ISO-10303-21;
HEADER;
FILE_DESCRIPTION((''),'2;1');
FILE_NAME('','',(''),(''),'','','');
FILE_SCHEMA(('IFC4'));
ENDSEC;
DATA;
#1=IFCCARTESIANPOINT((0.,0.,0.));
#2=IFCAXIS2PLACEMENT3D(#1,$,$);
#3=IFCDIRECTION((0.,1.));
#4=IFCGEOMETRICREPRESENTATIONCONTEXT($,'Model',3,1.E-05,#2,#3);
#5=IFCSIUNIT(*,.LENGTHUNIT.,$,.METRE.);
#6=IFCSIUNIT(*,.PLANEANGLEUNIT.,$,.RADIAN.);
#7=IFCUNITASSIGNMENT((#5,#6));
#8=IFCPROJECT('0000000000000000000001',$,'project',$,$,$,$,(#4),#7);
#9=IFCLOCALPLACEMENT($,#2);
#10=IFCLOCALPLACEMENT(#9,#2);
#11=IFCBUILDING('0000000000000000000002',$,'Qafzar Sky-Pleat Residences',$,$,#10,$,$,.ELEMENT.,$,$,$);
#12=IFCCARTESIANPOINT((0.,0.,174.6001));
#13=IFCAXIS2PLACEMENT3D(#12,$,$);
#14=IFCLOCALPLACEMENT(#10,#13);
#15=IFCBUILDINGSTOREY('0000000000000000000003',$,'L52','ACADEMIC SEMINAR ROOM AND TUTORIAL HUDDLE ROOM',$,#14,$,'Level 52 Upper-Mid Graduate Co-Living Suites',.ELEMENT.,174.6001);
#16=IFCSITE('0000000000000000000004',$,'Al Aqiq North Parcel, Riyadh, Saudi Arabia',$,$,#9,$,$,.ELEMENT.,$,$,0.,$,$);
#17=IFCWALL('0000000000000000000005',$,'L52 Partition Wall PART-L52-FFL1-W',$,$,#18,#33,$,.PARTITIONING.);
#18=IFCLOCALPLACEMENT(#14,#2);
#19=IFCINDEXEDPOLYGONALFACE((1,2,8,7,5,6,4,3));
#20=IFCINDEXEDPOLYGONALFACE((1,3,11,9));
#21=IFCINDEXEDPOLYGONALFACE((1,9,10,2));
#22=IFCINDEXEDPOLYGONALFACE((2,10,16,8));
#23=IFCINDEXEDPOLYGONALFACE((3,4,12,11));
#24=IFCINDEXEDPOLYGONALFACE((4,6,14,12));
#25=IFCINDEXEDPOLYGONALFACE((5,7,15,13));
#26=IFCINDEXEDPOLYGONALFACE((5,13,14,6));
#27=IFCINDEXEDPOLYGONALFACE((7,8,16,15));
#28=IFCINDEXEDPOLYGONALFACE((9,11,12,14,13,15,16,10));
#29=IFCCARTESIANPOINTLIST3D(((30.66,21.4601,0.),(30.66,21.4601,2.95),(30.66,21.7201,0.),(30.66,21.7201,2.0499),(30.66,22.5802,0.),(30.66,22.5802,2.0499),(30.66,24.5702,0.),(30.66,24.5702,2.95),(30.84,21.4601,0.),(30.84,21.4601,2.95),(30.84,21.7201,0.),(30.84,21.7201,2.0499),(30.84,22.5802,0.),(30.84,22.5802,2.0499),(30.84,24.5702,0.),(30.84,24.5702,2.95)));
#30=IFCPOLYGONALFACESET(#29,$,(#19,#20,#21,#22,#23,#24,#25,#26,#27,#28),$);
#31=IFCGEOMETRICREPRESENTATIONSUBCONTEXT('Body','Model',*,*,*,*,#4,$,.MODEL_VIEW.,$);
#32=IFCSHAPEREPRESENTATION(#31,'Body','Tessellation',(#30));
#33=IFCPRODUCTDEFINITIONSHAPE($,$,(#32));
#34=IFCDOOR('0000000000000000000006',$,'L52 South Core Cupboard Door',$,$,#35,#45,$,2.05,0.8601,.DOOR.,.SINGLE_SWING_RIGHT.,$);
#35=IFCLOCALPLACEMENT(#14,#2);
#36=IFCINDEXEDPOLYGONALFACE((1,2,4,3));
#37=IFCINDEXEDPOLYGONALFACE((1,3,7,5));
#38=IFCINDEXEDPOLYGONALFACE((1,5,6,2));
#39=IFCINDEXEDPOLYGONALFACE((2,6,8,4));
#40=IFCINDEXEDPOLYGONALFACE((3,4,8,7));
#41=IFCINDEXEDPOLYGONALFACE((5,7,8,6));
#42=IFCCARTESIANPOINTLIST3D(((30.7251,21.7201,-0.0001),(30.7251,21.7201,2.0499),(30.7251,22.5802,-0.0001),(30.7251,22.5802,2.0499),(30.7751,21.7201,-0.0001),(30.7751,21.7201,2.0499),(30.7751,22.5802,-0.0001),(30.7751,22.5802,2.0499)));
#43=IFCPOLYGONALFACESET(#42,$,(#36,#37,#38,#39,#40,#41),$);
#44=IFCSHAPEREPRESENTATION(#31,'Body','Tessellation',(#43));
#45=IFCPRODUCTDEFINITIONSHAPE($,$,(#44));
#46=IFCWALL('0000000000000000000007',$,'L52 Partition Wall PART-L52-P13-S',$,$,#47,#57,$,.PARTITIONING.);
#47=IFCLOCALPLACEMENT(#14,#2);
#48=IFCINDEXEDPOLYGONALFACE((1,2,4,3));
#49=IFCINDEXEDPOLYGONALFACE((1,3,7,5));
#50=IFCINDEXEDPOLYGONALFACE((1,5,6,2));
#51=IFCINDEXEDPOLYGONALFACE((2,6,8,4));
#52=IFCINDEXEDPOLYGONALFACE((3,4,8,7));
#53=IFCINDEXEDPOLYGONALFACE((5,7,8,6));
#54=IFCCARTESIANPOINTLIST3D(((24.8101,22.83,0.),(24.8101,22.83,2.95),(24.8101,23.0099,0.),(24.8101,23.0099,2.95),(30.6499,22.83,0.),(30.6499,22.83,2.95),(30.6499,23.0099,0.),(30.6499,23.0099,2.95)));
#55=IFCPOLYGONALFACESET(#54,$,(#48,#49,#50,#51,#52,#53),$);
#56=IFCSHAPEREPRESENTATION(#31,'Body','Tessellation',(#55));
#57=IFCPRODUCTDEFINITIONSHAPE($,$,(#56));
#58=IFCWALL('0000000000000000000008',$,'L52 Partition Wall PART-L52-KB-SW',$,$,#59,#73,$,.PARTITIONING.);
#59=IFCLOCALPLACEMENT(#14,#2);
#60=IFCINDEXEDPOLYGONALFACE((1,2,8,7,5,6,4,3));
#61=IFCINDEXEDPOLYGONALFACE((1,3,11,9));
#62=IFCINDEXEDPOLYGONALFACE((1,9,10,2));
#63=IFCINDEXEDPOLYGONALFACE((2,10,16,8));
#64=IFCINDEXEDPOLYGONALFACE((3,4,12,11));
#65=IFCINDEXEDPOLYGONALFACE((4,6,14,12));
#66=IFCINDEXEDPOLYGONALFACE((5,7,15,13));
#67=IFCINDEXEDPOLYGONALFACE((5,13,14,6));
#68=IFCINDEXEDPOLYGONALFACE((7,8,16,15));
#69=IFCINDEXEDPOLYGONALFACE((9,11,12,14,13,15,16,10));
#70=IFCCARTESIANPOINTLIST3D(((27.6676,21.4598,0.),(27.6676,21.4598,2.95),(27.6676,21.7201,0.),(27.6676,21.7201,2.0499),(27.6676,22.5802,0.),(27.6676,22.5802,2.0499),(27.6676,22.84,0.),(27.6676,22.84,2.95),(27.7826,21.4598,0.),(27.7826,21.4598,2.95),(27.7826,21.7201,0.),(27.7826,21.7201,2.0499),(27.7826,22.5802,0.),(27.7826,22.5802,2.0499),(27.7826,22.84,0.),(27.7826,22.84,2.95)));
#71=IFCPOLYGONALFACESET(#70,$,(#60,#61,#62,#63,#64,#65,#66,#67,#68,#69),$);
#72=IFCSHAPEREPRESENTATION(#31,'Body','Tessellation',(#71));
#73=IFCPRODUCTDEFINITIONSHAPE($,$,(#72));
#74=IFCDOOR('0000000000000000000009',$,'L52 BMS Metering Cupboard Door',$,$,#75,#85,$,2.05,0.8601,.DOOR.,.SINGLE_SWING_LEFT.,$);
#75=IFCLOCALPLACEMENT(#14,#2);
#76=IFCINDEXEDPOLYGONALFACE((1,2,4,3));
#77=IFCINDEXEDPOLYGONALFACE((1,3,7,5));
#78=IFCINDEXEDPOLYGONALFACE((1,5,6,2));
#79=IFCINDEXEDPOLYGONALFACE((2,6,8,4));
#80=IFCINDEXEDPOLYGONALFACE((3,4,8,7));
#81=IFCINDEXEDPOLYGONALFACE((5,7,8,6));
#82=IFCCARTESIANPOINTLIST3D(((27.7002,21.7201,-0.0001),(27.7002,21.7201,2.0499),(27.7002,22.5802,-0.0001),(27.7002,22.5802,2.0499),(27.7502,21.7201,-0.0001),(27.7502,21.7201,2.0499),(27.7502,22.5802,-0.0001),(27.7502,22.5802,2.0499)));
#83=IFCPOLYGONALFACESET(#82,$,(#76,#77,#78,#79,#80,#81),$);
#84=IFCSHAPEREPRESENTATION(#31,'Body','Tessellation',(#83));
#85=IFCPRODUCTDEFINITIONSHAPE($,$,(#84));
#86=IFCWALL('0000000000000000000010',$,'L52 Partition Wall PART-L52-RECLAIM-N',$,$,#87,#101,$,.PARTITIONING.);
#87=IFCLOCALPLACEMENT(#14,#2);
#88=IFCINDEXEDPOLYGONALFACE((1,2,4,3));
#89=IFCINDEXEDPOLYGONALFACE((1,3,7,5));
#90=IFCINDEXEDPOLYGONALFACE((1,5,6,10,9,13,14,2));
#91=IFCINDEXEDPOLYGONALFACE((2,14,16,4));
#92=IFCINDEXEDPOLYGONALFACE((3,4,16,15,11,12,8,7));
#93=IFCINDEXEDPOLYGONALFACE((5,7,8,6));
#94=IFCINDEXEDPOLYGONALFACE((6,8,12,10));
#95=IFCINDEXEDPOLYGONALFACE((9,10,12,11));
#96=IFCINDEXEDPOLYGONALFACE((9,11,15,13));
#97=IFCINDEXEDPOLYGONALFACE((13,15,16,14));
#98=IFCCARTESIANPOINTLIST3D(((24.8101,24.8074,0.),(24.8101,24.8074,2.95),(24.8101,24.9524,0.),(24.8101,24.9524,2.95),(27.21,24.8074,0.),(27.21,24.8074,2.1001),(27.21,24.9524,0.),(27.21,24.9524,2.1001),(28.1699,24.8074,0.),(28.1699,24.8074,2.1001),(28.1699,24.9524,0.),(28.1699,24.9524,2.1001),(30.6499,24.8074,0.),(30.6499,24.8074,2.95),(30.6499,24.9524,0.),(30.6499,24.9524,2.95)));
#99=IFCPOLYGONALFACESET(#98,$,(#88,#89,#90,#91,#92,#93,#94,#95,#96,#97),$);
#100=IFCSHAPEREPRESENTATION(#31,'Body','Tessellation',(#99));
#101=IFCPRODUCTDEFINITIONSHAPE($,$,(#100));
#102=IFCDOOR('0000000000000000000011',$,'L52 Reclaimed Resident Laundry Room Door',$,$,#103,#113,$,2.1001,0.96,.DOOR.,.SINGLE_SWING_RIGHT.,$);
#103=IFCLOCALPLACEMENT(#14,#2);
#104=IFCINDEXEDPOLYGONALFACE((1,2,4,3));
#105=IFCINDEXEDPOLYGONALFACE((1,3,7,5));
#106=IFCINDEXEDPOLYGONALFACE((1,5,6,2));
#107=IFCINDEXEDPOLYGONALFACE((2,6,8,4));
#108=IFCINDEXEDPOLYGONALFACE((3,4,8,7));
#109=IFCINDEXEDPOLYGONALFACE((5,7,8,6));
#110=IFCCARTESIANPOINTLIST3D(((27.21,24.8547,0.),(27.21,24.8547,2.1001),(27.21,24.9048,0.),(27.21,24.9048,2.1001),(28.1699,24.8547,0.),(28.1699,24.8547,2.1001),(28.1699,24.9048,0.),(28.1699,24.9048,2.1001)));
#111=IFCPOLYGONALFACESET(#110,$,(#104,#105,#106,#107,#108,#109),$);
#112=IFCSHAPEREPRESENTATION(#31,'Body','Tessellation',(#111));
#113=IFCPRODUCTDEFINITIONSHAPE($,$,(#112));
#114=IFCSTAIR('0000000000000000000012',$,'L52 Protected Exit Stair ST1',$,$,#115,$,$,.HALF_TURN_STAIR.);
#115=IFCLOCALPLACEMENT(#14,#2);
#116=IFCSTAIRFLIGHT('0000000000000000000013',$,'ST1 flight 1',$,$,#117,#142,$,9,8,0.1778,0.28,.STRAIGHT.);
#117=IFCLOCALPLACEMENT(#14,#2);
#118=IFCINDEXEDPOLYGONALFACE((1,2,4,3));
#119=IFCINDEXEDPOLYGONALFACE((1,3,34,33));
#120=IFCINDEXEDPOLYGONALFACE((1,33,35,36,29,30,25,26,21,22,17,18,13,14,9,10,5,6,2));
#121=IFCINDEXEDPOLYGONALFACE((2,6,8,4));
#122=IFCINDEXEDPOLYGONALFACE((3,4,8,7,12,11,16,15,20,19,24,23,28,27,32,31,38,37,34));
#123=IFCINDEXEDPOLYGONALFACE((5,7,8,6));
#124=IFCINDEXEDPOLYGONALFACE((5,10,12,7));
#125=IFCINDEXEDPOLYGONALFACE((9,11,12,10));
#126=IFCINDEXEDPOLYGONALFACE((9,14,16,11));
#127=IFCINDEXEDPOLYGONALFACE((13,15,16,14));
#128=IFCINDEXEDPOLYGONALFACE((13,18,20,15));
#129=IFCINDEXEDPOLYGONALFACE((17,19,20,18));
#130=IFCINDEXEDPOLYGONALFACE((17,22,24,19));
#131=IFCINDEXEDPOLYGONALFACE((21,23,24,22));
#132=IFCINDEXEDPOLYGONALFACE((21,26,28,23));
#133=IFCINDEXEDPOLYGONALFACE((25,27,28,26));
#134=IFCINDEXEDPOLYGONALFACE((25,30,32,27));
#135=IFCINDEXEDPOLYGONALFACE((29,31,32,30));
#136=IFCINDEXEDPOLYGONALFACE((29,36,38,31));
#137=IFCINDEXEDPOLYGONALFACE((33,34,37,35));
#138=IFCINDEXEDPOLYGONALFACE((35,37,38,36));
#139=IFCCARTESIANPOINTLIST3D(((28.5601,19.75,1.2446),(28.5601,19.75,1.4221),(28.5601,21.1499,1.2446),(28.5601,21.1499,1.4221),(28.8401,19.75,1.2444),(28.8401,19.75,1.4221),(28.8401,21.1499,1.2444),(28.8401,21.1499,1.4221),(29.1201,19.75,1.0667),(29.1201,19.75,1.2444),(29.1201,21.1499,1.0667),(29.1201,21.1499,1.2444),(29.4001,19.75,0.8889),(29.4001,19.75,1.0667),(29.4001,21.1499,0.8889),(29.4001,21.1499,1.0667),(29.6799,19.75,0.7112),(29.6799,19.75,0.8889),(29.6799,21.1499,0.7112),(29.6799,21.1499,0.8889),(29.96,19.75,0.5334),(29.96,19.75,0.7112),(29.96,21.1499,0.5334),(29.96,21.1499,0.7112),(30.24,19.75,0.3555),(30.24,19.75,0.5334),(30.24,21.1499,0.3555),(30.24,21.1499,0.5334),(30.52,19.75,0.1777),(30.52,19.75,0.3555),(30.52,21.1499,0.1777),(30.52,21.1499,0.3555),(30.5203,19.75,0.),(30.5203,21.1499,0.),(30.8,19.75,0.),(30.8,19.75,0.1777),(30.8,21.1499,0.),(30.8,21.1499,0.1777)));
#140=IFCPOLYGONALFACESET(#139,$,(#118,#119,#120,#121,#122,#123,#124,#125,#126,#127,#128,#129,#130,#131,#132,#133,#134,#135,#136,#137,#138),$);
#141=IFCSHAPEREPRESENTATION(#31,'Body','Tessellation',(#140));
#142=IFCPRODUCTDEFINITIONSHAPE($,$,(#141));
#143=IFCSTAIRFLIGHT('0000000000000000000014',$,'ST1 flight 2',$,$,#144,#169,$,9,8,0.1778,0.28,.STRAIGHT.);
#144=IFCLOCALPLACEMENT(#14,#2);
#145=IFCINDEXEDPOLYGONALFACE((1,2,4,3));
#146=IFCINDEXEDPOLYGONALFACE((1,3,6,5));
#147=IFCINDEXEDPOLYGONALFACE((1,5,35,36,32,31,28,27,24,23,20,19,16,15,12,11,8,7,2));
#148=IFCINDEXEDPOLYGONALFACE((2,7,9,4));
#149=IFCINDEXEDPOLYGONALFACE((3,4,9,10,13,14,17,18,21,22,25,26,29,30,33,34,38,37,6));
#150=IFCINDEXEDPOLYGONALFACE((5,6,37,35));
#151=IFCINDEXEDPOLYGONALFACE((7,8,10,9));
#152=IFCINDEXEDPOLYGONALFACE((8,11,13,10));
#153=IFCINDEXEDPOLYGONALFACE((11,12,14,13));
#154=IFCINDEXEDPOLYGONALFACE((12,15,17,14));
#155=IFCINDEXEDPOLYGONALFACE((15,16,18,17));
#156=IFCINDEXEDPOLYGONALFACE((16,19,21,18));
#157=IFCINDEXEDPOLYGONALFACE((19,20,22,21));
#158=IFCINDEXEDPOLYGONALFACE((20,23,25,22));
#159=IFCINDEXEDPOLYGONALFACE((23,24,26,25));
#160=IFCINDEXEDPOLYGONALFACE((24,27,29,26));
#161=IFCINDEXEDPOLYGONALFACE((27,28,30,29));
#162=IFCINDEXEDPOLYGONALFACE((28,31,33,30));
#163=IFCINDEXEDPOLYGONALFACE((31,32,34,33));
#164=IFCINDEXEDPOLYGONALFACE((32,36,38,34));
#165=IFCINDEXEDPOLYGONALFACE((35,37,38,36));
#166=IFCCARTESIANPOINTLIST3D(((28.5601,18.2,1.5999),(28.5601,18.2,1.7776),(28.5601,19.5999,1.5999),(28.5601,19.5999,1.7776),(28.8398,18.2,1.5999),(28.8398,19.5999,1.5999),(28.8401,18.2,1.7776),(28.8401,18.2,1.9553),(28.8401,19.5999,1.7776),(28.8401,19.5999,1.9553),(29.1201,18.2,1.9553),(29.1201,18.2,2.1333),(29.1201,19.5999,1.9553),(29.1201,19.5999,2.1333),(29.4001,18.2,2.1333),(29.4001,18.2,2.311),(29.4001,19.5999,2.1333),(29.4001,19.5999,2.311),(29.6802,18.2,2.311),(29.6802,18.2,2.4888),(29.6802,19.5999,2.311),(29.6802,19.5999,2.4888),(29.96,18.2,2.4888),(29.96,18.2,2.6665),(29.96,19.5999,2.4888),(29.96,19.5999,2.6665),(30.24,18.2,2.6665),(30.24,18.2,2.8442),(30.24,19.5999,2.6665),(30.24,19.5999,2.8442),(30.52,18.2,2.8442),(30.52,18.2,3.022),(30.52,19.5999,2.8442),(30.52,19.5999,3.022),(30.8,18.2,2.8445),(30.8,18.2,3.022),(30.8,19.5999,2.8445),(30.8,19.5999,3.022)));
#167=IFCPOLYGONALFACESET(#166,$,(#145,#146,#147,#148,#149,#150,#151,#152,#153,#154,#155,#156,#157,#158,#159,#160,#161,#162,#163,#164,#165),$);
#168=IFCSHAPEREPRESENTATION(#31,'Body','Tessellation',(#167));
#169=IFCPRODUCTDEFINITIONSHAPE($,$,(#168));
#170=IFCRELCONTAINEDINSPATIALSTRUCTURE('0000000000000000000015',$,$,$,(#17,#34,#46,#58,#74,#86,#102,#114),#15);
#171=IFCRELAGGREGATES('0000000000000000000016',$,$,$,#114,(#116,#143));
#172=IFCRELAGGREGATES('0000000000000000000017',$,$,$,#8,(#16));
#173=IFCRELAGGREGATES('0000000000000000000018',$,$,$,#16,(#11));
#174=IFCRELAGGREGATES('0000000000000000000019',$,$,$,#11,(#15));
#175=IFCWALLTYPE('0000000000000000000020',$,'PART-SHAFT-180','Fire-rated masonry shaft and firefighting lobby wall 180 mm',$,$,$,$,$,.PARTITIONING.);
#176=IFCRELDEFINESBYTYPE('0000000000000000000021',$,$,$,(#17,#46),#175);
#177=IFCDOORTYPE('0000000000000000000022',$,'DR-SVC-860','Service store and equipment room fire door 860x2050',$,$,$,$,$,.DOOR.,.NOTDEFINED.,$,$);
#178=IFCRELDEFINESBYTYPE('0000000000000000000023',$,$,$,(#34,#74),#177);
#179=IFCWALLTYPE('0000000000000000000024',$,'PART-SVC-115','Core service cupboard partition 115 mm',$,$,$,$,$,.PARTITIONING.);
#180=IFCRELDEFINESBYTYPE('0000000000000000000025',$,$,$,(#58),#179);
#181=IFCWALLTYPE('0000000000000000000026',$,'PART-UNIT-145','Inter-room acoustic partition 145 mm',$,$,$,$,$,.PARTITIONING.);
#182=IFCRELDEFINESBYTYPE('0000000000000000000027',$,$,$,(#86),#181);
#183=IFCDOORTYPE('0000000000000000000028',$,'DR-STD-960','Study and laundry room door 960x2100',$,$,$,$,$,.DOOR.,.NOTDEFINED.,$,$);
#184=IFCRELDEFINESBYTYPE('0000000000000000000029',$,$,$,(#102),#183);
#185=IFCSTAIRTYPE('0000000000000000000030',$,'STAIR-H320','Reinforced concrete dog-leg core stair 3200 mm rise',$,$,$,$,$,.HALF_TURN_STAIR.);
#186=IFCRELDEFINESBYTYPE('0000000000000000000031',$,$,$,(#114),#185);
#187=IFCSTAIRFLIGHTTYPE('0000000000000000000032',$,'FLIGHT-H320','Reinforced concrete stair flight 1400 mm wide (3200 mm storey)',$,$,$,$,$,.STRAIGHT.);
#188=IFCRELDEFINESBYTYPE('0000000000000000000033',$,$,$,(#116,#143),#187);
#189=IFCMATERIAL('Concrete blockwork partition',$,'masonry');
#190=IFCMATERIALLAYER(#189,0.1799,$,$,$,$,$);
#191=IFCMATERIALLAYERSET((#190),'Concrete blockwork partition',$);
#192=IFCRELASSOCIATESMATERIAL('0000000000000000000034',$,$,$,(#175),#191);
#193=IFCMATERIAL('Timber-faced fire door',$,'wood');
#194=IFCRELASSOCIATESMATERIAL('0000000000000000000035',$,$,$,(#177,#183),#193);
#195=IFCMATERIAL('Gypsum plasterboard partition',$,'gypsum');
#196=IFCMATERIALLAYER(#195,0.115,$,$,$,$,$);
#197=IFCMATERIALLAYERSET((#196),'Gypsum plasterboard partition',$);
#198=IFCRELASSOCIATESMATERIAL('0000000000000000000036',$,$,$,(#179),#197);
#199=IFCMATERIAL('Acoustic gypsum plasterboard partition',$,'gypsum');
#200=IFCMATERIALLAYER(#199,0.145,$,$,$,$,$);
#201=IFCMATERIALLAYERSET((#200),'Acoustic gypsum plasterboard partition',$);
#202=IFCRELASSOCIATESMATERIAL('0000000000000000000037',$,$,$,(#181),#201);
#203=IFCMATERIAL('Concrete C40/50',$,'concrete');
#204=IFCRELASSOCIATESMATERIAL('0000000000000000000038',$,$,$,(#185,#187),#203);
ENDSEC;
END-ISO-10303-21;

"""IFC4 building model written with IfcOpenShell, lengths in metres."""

from ifc_helpers import new_model, si_unit, direction, frame, frame_2d, origin, place, context, subcontext, project, spatial, polyline, rectangle, outline, extrude, source, transform, mapped, material, layer, layer_set, type_object, element, fill, aggregate, save


model = new_model("IFC4")

# Units and contexts
model_context = context("Model", 3, precision=1e-05, world=origin(), true_north=direction((0.0, 1.0)))
body_context = subcontext(model_context, "Body", "Model", "MODEL_VIEW")
ifc_project = project(units=[si_unit("LENGTHUNIT", "METRE"), si_unit("PLANEANGLEUNIT", "RADIAN")], contexts=[model_context])

# Site, building, storey
site_placement = place(None, origin())
site = spatial("IfcSite", under=ifc_project, at=site_placement, Name="Al Aqiq North Parcel, Riyadh, Saudi Arabia", CompositionType="ELEMENT", RefElevation=0.0)
building_placement = place(site_placement, origin())
building = spatial("IfcBuilding", under=site, at=building_placement, Name="Qafzar Sky-Pleat Residences", CompositionType="ELEMENT")
storey_placement = place(building_placement, frame((0.0, 0.0, 174.6001)))
storey = spatial("IfcBuildingStorey", under=building, at=storey_placement, Name="L52", Description="ACADEMIC SEMINAR ROOM AND TUTORIAL HUDDLE ROOM", LongName="Level 52 Upper-Mid Graduate Co-Living Suites", CompositionType="ELEMENT", Elevation=174.6001)

# Wall, opening, door
ifc_material_1 = material(Name="Concrete blockwork partition", Category="masonry")
ifc_layer_1 = layer(ifc_material_1, 0.1799)
ifc_layer_set_1 = layer_set([ifc_layer_1], Name="Concrete blockwork partition")
wall_type_1 = type_object("IfcWallType", Name="PART-SHAFT-180", Description="Fire-rated masonry shaft and firefighting lobby wall 180 mm", PredefinedType="PARTITIONING", material=ifc_layer_set_1)
wall_1_placement = place(storey_placement, frame((30.75, 21.46, 0.0), z_axis=(0.0, 0.0, 1.0), x_axis=(0.0, 1.0, 0.0)))
wall_1 = element("IfcWall", 1, at=wall_1_placement, inside=storey, type_object=wall_type_1, Name="L52 Partition Wall PART-L52-FFL1-W", PredefinedType="PARTITIONING", context=body_context, shape_type="SweptSolid", body=[
    extrude(rectangle(XDim=3.1101, YDim=0.1799, at=frame_2d((1.5552, 0.0))), origin(), (0.0, 0.0, 1.0), 2.95),
])
opening_1_placement = place(wall_1_placement, frame((0.26, 0.0, 0.0)))
opening_1 = element("IfcOpeningElement", 2, at=opening_1_placement, cuts=wall_1, PredefinedType="OPENING", context=body_context, shape_type="SweptSolid", body=[
    extrude(rectangle(XDim=0.8601, YDim=2.05, at=frame_2d((0.4302, 1.0249))), frame((0.0, 0.1001, 0.0), z_axis=(0.0, -1.0, 0.0), x_axis=(1.0, 0.0, 0.0)), (0.0, 0.0, 1.0), 0.2),
])
ifc_material_2 = material(Name="Timber-faced fire door", Category="wood")
door_type_1 = type_object("IfcDoorType", Name="DR-SVC-860", Description="Service store and equipment room fire door 860x2050", OperationType="NOTDEFINED", PredefinedType="DOOR", material=ifc_material_2)
shared_shape_1 = source(origin(), body_context, "Body", "SweptSolid", [
    extrude(rectangle(XDim=0.8601, YDim=2.05, at=frame_2d((0.4302, 1.0249))), frame((0.0, 0.0249, 0.0), z_axis=(0.0, -1.0, 0.0), x_axis=(1.0, 0.0, 0.0)), (0.0, 0.0, 1.0), 0.05),
])
door_1_placement = place(opening_1_placement, origin())
door_1 = element("IfcDoor", 3, at=door_1_placement, inside=storey, type_object=door_type_1, Name="L52 South Core Cupboard Door", OperationType="SINGLE_SWING_RIGHT", OverallHeight=2.05, OverallWidth=0.8601, PredefinedType="DOOR", context=body_context, shape_type="MappedRepresentation", body=[
    mapped(shared_shape_1, transform((0.0, 0.0, 0.0), x_axis=(1.0, 0.0, 0.0), y_axis=(0.0, 1.0, 0.0), z_axis=(0.0, 0.0, 1.0), scale=1.0)),
])
fill(opening_1, door_1)

# Wall
wall_2_placement = place(storey_placement, frame((24.8101, 22.9199, 0.0), z_axis=(0.0, 0.0, 1.0), x_axis=(1.0, 0.0, 0.0)))
element("IfcWall", 4, at=wall_2_placement, inside=storey, type_object=wall_type_1, Name="L52 Partition Wall PART-L52-P13-S", PredefinedType="PARTITIONING", context=body_context, shape_type="SweptSolid", body=[
    extrude(rectangle(XDim=5.8398, YDim=0.1799, at=frame_2d((2.9199, 0.0))), origin(), (0.0, 0.0, 1.0), 2.95),
])

# Walls, openings, doors
ifc_material_3 = material(Name="Gypsum plasterboard partition", Category="gypsum")
ifc_layer_2 = layer(ifc_material_3, 0.115)
ifc_layer_set_2 = layer_set([ifc_layer_2], Name="Gypsum plasterboard partition")
wall_type_2 = type_object("IfcWallType", Name="PART-SVC-115", Description="Core service cupboard partition 115 mm", PredefinedType="PARTITIONING", material=ifc_layer_set_2)
wall_3_placement = place(storey_placement, frame((27.7251, 21.46, 0.0), z_axis=(0.0, 0.0, 1.0), x_axis=(0.0, 1.0, 0.0)))
wall_3 = element("IfcWall", 5, at=wall_3_placement, inside=storey, type_object=wall_type_2, Name="L52 Partition Wall PART-L52-KB-SW", PredefinedType="PARTITIONING", context=body_context, shape_type="SweptSolid", body=[
    extrude(rectangle(XDim=1.3801, YDim=0.115, at=frame_2d((0.6899, 0.0))), origin(), (0.0, 0.0, 1.0), 2.95),
])
opening_2_placement = place(wall_3_placement, frame((0.26, 0.0, 0.0)))
opening_2 = element("IfcOpeningElement", 6, at=opening_2_placement, cuts=wall_3, PredefinedType="OPENING", context=body_context, shape_type="SweptSolid", body=[
    extrude(rectangle(XDim=0.8601, YDim=2.05, at=frame_2d((0.4302, 1.0249))), frame((0.0, 0.0674, 0.0), z_axis=(0.0, -1.0, 0.0), x_axis=(1.0, 0.0, 0.0)), (0.0, 0.0, 1.0), 0.135),
])
door_2_placement = place(opening_2_placement, origin())
door_2 = element("IfcDoor", 7, at=door_2_placement, inside=storey, type_object=door_type_1, Name="L52 BMS Metering Cupboard Door", OperationType="SINGLE_SWING_LEFT", OverallHeight=2.05, OverallWidth=0.8601, PredefinedType="DOOR", context=body_context, shape_type="MappedRepresentation", body=[
    mapped(shared_shape_1, transform((0.0, 0.0, 0.0), x_axis=(1.0, 0.0, 0.0), y_axis=(0.0, 1.0, 0.0), z_axis=(0.0, 0.0, 1.0), scale=1.0)),
])
fill(opening_2, door_2)
ifc_material_4 = material(Name="Acoustic gypsum plasterboard partition", Category="gypsum")
ifc_layer_3 = layer(ifc_material_4, 0.145)
ifc_layer_set_3 = layer_set([ifc_layer_3], Name="Acoustic gypsum plasterboard partition")
wall_type_3 = type_object("IfcWallType", Name="PART-UNIT-145", Description="Inter-room acoustic partition 145 mm", PredefinedType="PARTITIONING", material=ifc_layer_set_3)
wall_4_placement = place(storey_placement, frame((24.8101, 24.8799, 0.0), z_axis=(0.0, 0.0, 1.0), x_axis=(1.0, 0.0, 0.0)))
wall_4 = element("IfcWall", 8, at=wall_4_placement, inside=storey, type_object=wall_type_3, Name="L52 Partition Wall PART-L52-RECLAIM-N", PredefinedType="PARTITIONING", context=body_context, shape_type="SweptSolid", body=[
    extrude(rectangle(XDim=5.8398, YDim=0.145, at=frame_2d((2.9199, 0.0))), origin(), (0.0, 0.0, 1.0), 2.95),
])
opening_3_placement = place(wall_4_placement, frame((2.3999, 0.0, 0.0)))
opening_3 = element("IfcOpeningElement", 9, at=opening_3_placement, cuts=wall_4, PredefinedType="OPENING", context=body_context, shape_type="SweptSolid", body=[
    extrude(rectangle(XDim=0.96, YDim=2.1001, at=frame_2d((0.48, 1.05))), frame((0.0, 0.0825, 0.0), z_axis=(0.0, -1.0, 0.0), x_axis=(1.0, 0.0, 0.0)), (0.0, 0.0, 1.0), 0.165),
])
door_type_2 = type_object("IfcDoorType", Name="DR-STD-960", Description="Study and laundry room door 960x2100", OperationType="NOTDEFINED", PredefinedType="DOOR", material=ifc_material_2)
shared_shape_2 = source(origin(), body_context, "Body", "SweptSolid", [
    extrude(rectangle(XDim=0.96, YDim=2.1001, at=frame_2d((0.48, 1.05))), frame((0.0, 0.0249, 0.0), z_axis=(0.0, -1.0, 0.0), x_axis=(1.0, 0.0, 0.0)), (0.0, 0.0, 1.0), 0.05),
])
door_3_placement = place(opening_3_placement, origin())
door_3 = element("IfcDoor", 10, at=door_3_placement, inside=storey, type_object=door_type_2, Name="L52 Reclaimed Resident Laundry Room Door", OperationType="SINGLE_SWING_RIGHT", OverallHeight=2.1001, OverallWidth=0.96, PredefinedType="DOOR", context=body_context, shape_type="MappedRepresentation", body=[
    mapped(shared_shape_2, transform((0.0, 0.0, 0.0), x_axis=(1.0, 0.0, 0.0), y_axis=(0.0, 1.0, 0.0), z_axis=(0.0, 0.0, 1.0), scale=1.0)),
])
fill(opening_3, door_3)

# Stair, stair flights
ifc_material_5 = material(Name="Concrete C40/50", Category="concrete")
stair_type = type_object("IfcStairType", Name="STAIR-H320", Description="Reinforced concrete dog-leg core stair 3200 mm rise", PredefinedType="HALF_TURN_STAIR", material=ifc_material_5)
stair_placement = place(storey_placement, origin())
stair = element("IfcStair", 11, at=stair_placement, inside=storey, type_object=stair_type, Name="L52 Protected Exit Stair ST1", PredefinedType="HALF_TURN_STAIR")
stair_flight_type = type_object("IfcStairFlightType", Name="FLIGHT-H320", Description="Reinforced concrete stair flight 1400 mm wide (3200 mm storey)", PredefinedType="STRAIGHT", material=ifc_material_5)
shared_shape_3 = source(origin(), body_context, "Body", "SweptSolid", [
    extrude(outline(polyline([(0.0, 0.0), (0.0, 0.1777), (0.28, 0.1777), (0.28, 0.3555), (0.5601, 0.3555), (0.5601, 0.5334), (0.8401, 0.5334), (0.8401, 0.7112), (1.1201, 0.7112), (1.1201, 0.8889), (1.3999, 0.8889), (1.3999, 1.0667), (1.6799, 1.0667), (1.6799, 1.2444), (1.96, 1.2444), (1.96, 1.4221), (2.24, 1.4221), (2.24, 1.6001), (2.24, 1.2446), (0.2798, 0.0), (0.0, 0.0)])), frame((0.0, 0.7, 0.0), z_axis=(0.0, -1.0, 0.0), x_axis=(1.0, 0.0, 0.0)), (0.0, 0.0, 1.0), 1.3999),
])
stair_flight_1_placement = place(storey_placement, frame((30.8, 20.45, 0.0), z_axis=(0.0, 0.0, 1.0), x_axis=(-1.0, 0.0, 0.0)))
stair_flight_1 = element("IfcStairFlight", 12, at=stair_flight_1_placement, type_object=stair_flight_type, Name="ST1 flight 1", NumberOfRisers=9, NumberOfTreads=8, PredefinedType="STRAIGHT", RiserHeight=0.1778, TreadLength=0.28, context=body_context, shape_type="MappedRepresentation", body=[
    mapped(shared_shape_3, transform((0.0, 0.0, 0.0), x_axis=(1.0, 0.0, 0.0), y_axis=(0.0, 1.0, 0.0), z_axis=(0.0, 0.0, 1.0), scale=1.0)),
])
stair_flight_2_placement = place(storey_placement, frame((28.5601, 18.8999, 1.5999), z_axis=(0.0, 0.0, 1.0), x_axis=(1.0, 0.0, 0.0)))
stair_flight_2 = element("IfcStairFlight", 13, at=stair_flight_2_placement, type_object=stair_flight_type, Name="ST1 flight 2", NumberOfRisers=9, NumberOfTreads=8, PredefinedType="STRAIGHT", RiserHeight=0.1778, TreadLength=0.28, context=body_context, shape_type="MappedRepresentation", body=[
    mapped(shared_shape_3, transform((0.0, 0.0, 0.0), x_axis=(1.0, 0.0, 0.0), y_axis=(0.0, 1.0, 0.0), z_axis=(0.0, 0.0, 1.0), scale=1.0)),
])
aggregate(stair, [stair_flight_1, stair_flight_2])

save(model, "model.ifc")
